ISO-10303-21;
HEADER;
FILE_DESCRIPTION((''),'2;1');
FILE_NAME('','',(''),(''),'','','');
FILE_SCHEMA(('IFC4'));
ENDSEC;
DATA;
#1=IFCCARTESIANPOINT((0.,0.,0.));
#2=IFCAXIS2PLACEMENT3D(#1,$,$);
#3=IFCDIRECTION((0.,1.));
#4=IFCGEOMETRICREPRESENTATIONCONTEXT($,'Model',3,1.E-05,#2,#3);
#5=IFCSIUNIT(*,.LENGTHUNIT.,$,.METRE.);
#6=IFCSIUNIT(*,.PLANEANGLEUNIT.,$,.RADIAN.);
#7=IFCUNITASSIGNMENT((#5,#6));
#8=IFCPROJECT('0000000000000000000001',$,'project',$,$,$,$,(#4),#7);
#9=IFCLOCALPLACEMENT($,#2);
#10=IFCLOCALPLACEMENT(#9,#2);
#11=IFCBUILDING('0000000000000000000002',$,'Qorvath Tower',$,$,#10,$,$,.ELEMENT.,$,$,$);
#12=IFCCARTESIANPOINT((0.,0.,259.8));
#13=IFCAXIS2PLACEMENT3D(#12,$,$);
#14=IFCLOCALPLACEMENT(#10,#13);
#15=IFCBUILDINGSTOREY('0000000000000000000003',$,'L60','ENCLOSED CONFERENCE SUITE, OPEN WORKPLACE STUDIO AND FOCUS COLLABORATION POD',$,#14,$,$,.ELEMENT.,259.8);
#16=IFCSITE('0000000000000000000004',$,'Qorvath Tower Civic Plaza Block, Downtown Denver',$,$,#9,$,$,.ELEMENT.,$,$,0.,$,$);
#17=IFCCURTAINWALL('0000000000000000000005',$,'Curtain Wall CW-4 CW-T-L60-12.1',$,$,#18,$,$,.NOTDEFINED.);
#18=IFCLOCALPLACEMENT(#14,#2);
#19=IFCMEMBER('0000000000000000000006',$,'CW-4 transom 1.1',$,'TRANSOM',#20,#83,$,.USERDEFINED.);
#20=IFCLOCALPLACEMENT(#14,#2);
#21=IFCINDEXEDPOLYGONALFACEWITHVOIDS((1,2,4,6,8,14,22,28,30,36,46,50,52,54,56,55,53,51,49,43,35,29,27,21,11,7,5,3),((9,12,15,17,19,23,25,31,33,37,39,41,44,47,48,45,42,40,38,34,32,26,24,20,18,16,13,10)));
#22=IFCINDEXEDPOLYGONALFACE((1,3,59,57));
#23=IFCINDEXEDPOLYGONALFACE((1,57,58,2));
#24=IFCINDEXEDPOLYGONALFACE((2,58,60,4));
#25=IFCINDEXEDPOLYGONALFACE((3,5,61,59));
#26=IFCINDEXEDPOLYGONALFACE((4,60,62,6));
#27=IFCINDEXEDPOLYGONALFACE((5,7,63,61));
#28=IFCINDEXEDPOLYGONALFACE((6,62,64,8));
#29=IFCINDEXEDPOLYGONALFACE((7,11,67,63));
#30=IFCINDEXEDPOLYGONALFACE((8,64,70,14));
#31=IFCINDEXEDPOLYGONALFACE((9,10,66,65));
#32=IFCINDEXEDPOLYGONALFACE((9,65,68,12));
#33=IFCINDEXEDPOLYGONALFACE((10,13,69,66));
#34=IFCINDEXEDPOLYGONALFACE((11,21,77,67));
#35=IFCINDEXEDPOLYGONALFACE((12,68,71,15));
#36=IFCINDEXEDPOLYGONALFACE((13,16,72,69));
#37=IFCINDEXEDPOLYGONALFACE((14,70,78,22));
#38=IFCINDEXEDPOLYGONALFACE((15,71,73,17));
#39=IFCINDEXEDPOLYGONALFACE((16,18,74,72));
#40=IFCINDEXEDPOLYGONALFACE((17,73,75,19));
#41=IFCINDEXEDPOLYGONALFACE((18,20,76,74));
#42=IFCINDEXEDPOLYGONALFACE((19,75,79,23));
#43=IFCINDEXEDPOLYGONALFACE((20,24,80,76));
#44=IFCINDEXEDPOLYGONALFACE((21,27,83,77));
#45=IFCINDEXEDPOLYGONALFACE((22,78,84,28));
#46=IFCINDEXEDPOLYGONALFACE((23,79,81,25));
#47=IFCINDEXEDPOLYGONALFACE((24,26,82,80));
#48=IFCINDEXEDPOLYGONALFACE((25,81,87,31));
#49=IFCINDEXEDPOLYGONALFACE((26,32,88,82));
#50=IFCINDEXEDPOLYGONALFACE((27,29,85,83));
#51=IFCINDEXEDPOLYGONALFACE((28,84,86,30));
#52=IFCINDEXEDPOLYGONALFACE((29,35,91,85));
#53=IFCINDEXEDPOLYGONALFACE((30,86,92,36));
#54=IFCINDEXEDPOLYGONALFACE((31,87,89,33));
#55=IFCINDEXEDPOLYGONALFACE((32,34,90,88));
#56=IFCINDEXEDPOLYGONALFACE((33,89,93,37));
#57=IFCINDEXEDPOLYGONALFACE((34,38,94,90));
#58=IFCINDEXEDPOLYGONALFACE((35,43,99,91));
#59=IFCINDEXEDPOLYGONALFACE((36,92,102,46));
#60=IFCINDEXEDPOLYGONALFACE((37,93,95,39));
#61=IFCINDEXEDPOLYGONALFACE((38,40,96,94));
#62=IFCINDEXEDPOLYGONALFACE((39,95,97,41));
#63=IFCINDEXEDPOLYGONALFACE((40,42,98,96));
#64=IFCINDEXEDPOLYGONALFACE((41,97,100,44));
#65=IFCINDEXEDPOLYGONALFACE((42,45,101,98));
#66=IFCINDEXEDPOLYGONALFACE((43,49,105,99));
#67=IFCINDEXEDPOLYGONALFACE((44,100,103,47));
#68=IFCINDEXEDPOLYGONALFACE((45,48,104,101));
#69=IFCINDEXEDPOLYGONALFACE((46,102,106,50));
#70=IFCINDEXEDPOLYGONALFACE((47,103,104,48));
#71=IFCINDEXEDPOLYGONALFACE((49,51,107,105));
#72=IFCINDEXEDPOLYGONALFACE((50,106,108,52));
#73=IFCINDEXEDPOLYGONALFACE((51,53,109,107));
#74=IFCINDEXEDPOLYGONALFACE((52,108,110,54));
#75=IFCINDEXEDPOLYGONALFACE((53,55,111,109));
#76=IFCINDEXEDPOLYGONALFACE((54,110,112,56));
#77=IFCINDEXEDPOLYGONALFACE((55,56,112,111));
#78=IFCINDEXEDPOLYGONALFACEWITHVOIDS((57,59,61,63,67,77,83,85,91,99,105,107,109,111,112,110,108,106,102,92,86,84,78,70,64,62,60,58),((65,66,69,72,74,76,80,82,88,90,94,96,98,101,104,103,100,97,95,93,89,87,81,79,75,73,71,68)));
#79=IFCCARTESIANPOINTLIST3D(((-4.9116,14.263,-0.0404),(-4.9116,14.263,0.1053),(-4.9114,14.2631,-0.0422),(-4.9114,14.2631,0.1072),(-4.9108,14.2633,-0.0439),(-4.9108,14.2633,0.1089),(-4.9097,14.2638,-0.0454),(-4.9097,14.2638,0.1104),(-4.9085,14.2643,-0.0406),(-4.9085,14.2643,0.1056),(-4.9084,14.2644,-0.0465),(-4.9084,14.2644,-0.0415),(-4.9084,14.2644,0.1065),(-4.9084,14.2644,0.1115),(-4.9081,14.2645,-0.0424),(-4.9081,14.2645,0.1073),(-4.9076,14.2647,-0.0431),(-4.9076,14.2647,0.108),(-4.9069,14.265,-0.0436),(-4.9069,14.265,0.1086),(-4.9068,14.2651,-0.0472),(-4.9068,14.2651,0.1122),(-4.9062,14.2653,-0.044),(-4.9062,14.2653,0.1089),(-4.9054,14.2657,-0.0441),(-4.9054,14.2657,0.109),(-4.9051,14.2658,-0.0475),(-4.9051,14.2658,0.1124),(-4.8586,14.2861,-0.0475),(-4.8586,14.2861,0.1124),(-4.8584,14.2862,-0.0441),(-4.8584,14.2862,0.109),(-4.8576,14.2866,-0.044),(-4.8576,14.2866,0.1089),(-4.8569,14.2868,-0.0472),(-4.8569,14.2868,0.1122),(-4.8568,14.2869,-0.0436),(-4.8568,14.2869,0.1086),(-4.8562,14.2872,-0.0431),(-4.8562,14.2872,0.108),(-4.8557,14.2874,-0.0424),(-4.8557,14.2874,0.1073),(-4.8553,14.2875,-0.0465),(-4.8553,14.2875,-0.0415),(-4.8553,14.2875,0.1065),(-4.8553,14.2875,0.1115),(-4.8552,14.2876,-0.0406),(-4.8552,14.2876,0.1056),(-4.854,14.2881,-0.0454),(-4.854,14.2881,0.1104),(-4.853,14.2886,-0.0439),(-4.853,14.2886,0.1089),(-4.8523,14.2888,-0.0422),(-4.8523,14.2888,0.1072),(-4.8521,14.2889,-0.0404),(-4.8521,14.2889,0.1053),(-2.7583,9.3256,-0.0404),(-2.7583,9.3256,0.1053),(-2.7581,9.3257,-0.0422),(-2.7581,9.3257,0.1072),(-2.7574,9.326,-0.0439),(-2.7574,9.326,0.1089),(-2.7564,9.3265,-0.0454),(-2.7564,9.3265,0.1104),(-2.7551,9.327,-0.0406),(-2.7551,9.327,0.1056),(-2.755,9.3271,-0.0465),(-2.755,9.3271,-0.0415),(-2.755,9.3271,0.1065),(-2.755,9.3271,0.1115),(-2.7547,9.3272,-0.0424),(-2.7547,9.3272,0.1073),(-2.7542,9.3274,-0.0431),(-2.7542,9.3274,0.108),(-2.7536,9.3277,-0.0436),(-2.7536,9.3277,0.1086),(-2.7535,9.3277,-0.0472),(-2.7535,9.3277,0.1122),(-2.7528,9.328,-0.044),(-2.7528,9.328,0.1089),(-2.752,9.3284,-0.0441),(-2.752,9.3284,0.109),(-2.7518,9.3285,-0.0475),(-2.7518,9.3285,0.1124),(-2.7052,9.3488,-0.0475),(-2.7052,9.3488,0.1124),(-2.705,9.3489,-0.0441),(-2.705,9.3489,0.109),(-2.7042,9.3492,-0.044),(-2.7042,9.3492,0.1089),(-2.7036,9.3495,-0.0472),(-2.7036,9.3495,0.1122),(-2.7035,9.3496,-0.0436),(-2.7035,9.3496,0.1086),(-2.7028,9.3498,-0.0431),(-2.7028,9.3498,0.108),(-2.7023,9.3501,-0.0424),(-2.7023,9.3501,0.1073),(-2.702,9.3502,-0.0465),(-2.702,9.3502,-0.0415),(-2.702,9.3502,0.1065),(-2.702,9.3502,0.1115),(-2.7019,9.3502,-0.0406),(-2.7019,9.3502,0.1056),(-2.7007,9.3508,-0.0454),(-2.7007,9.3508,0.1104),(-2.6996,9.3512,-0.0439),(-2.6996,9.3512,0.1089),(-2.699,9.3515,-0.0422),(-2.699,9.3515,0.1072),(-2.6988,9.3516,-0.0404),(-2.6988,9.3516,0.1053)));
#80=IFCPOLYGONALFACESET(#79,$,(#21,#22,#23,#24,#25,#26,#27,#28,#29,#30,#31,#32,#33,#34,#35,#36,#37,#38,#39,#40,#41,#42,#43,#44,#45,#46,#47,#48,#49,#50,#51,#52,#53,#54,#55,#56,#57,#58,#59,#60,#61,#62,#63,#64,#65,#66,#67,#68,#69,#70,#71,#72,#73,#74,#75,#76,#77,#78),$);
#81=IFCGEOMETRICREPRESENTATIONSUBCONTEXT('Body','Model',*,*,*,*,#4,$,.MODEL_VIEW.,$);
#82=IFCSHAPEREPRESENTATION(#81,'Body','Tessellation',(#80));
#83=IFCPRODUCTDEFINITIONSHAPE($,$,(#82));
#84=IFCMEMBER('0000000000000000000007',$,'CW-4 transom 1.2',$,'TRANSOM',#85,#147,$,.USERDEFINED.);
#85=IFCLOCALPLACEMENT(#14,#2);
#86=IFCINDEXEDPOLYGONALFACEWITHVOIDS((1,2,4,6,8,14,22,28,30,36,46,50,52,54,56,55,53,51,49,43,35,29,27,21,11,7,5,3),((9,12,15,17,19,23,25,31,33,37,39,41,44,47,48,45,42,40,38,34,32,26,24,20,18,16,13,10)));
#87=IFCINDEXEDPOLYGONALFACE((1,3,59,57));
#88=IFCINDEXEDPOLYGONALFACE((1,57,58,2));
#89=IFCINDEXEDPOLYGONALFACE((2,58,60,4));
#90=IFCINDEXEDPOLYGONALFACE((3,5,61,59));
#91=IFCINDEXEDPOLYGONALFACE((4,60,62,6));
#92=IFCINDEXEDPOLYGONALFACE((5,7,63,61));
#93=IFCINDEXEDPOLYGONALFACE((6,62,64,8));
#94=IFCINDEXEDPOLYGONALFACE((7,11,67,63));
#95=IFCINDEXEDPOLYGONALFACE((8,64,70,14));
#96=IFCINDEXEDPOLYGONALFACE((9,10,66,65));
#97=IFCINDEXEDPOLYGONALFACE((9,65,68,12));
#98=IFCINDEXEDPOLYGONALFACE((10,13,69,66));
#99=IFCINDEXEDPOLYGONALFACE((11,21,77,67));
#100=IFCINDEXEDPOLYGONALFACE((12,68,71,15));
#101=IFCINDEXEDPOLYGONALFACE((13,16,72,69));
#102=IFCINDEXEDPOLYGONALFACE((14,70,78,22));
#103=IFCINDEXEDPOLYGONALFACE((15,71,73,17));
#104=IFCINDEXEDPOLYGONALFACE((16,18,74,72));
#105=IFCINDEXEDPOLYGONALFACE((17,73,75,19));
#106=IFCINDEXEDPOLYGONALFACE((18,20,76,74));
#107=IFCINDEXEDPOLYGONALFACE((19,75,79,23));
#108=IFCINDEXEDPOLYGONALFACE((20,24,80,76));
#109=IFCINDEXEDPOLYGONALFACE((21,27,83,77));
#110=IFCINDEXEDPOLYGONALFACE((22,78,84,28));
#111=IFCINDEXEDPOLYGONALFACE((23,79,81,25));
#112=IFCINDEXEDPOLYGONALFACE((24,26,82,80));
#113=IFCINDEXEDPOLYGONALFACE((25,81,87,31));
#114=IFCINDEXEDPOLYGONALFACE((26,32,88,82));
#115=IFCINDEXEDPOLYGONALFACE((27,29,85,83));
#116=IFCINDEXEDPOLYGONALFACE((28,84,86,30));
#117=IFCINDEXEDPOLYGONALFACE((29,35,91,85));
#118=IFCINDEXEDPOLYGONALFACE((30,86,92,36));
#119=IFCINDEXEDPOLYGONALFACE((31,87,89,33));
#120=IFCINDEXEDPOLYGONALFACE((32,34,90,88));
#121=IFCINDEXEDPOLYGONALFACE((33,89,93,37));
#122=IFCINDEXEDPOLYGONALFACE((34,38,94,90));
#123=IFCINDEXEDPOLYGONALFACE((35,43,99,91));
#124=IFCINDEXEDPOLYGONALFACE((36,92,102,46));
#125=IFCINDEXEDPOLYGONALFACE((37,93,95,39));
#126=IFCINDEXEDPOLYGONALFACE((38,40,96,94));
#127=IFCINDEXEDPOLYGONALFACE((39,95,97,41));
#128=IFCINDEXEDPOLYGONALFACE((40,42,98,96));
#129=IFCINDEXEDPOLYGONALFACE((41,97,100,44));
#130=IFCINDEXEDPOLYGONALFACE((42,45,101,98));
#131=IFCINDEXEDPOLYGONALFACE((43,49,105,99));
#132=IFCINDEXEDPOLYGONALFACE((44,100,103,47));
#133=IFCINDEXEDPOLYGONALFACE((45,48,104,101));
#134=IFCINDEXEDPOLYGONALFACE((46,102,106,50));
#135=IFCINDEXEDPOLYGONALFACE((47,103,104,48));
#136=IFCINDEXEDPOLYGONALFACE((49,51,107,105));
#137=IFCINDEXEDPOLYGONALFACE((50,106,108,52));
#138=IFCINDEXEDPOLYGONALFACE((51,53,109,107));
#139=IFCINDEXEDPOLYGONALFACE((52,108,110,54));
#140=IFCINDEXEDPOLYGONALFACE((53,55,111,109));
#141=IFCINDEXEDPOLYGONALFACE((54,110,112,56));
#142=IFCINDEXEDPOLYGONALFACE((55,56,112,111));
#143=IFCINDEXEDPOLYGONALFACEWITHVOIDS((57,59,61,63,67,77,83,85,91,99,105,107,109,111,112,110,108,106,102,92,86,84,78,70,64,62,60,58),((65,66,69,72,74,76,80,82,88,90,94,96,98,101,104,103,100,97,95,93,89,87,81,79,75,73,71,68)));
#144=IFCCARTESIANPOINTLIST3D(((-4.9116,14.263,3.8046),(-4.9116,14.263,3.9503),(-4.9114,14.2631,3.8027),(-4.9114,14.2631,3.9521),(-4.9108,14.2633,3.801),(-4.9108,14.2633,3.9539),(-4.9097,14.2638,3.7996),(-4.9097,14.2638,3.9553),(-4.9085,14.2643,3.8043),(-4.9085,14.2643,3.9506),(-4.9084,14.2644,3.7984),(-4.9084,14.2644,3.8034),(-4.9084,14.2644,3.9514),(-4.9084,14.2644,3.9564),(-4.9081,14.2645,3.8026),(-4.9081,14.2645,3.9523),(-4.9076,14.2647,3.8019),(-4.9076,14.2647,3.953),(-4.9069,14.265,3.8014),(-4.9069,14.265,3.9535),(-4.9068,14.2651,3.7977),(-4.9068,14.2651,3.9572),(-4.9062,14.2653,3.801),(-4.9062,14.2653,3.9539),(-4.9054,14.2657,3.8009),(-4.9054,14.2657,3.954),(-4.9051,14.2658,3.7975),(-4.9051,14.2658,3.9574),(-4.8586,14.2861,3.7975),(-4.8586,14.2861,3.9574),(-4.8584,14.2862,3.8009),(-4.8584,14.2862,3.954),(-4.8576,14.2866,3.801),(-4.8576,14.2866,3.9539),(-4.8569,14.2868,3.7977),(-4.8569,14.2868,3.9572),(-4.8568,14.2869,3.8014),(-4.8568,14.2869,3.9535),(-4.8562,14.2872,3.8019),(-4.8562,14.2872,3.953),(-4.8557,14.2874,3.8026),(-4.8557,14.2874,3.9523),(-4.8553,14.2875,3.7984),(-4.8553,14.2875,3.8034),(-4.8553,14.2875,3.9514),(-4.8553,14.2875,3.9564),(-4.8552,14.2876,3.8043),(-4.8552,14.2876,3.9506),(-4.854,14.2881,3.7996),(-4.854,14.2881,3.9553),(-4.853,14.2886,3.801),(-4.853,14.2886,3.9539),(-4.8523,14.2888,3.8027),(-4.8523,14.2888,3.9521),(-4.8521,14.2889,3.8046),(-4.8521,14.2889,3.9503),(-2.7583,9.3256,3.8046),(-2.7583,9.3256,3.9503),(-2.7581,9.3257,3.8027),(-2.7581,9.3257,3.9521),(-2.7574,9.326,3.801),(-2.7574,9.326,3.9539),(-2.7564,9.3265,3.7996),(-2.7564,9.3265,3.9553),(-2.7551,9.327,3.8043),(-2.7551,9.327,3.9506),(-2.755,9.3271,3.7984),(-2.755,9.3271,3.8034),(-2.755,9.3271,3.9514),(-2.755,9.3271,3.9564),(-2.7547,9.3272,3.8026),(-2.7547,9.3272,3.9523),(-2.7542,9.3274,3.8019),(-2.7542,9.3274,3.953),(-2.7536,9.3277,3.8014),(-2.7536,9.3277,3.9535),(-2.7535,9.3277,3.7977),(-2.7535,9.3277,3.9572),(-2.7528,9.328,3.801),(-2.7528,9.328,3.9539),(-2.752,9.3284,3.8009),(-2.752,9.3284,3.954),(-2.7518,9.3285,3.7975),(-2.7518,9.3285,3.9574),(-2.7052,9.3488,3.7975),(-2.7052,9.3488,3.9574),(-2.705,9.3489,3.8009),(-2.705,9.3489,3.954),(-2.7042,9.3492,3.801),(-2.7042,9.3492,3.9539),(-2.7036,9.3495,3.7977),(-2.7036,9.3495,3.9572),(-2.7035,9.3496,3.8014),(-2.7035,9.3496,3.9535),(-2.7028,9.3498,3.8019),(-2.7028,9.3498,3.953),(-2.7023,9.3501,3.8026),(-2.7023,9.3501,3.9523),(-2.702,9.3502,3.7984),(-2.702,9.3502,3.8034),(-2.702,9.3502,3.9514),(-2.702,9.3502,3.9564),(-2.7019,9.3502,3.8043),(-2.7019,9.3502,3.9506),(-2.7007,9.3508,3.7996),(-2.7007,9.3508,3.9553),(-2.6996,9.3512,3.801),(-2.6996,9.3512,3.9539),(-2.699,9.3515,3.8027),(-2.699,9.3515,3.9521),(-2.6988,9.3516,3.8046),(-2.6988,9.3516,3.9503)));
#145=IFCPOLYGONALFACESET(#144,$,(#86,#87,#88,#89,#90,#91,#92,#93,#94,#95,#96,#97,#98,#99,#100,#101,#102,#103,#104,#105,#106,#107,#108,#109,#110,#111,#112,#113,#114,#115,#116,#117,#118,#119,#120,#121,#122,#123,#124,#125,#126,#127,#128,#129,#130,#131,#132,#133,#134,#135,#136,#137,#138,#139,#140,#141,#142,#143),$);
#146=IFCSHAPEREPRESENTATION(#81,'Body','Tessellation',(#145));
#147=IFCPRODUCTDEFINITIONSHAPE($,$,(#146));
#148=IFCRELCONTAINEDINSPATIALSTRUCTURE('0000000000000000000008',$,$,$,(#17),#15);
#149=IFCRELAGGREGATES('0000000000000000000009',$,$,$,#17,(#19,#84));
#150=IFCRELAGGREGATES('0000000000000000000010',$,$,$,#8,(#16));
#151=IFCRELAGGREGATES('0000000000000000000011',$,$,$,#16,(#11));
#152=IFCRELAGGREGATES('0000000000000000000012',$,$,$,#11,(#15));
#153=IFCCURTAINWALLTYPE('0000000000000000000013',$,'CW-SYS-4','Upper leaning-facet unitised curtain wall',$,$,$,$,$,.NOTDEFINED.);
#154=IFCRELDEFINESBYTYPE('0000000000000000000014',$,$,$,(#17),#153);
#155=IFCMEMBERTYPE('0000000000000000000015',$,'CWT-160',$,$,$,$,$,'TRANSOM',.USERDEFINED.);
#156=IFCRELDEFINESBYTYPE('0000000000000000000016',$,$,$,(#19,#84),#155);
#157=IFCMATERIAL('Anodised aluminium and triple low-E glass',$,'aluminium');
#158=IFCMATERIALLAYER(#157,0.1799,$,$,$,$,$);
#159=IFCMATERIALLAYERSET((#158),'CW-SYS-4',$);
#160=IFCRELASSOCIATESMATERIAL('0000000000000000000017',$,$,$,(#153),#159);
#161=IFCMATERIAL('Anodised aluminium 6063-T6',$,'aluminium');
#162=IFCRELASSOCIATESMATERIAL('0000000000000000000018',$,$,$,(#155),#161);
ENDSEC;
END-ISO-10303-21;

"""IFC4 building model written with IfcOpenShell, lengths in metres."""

from ifc_helpers import new_model, si_unit, direction, frame, origin, origin_2d, place, context, subcontext, project, spatial, hollow_rectangle, extrude, material, layer, layer_set, material_profile, profile_set, type_object, element, aggregate, save


model = new_model("IFC4")

# Units and contexts
model_context = context("Model", 3, precision=1e-05, world=origin(), true_north=direction((0.0, 1.0)))
body_context = subcontext(model_context, "Body", "Model", "MODEL_VIEW")
ifc_project = project(units=[si_unit("LENGTHUNIT", "METRE"), si_unit("PLANEANGLEUNIT", "RADIAN")], contexts=[model_context])

# Site, building, storey
site_placement = place(None, origin())
site = spatial("IfcSite", under=ifc_project, at=site_placement, Name="Qorvath Tower Civic Plaza Block, Downtown Denver", CompositionType="ELEMENT", RefElevation=0.0)
building_placement = place(site_placement, origin())
building = spatial("IfcBuilding", under=site, at=building_placement, Name="Qorvath Tower", CompositionType="ELEMENT")
storey_placement = place(building_placement, frame((0.0, 0.0, 259.8)))
storey = spatial("IfcBuildingStorey", under=building, at=storey_placement, Name="L60", Description="ENCLOSED CONFERENCE SUITE, OPEN WORKPLACE STUDIO AND FOCUS COLLABORATION POD", CompositionType="ELEMENT", Elevation=259.8)

# Shared definitions
ifc_material_1 = material(Name="Anodised aluminium and triple low-E glass", Category="aluminium")
ifc_layer_1 = layer(ifc_material_1, 0.1799)
ifc_layer_set_1 = layer_set([ifc_layer_1], Name="CW-SYS-4")
curtain_wall_type = type_object("IfcCurtainWallType", Name="CW-SYS-4", Description="Upper leaning-facet unitised curtain wall", PredefinedType="NOTDEFINED", material=ifc_layer_set_1)

# Curtain wall
curtain_wall_1_placement = place(storey_placement, origin())
curtain_wall_1 = element("IfcCurtainWall", 1, at=curtain_wall_1_placement, inside=storey, type_object=curtain_wall_type, Name="Curtain Wall CW-4 CW-T-L60-12.1", PredefinedType="NOTDEFINED")

# Members
ifc_material_2 = material(Name="Anodised aluminium 6063-T6", Category="aluminium")
ifc_material_profile_1 = material_profile(ifc_material_2, hollow_rectangle(XDim=0.0649, YDim=0.1599, WallThickness=0.0034, InnerFilletRadius=0.0034, OuterFilletRadius=0.0071, at=origin_2d()), Name="CWT 160x65")
ifc_profile_set_1 = profile_set([ifc_material_profile_1], Name="Anodised aluminium 6063-T6")
member_type_1 = type_object("IfcMemberType", Name="CWT-160", ElementType="TRANSOM", PredefinedType="USERDEFINED", material=ifc_profile_set_1)
member_1_placement = place(storey_placement, frame((-2.7285, 9.3386, 0.0325), z_axis=(-0.39977, 0.916615, 0.0), x_axis=(-0.916615, -0.39977, 0.0)))
member_1 = element("IfcMember", 2, at=member_1_placement, type_object=member_type_1, Name="CW-4 transom 1.1", ObjectType="TRANSOM", PredefinedType="USERDEFINED", context=body_context, shape_type="SweptSolid", body=[
    extrude(hollow_rectangle(XDim=0.0649, YDim=0.1599, WallThickness=0.0034, InnerFilletRadius=0.0034, OuterFilletRadius=0.0071, at=origin_2d()), origin(), (0.0, 0.0, 1.0), 5.3865),
])
member_2_placement = place(storey_placement, frame((-2.7285, 9.3386, 3.8774), z_axis=(-0.39977, 0.916615, 0.0), x_axis=(-0.916615, -0.39977, 0.0)))
member_2 = element("IfcMember", 3, at=member_2_placement, type_object=member_type_1, Name="CW-4 transom 1.2", ObjectType="TRANSOM", PredefinedType="USERDEFINED", context=body_context, shape_type="SweptSolid", body=[
    extrude(hollow_rectangle(XDim=0.0649, YDim=0.1599, WallThickness=0.0034, InnerFilletRadius=0.0034, OuterFilletRadius=0.0071, at=origin_2d()), origin(), (0.0, 0.0, 1.0), 5.3865),
])

aggregate(curtain_wall_1, [member_1, member_2])

save(model, "model.ifc")
